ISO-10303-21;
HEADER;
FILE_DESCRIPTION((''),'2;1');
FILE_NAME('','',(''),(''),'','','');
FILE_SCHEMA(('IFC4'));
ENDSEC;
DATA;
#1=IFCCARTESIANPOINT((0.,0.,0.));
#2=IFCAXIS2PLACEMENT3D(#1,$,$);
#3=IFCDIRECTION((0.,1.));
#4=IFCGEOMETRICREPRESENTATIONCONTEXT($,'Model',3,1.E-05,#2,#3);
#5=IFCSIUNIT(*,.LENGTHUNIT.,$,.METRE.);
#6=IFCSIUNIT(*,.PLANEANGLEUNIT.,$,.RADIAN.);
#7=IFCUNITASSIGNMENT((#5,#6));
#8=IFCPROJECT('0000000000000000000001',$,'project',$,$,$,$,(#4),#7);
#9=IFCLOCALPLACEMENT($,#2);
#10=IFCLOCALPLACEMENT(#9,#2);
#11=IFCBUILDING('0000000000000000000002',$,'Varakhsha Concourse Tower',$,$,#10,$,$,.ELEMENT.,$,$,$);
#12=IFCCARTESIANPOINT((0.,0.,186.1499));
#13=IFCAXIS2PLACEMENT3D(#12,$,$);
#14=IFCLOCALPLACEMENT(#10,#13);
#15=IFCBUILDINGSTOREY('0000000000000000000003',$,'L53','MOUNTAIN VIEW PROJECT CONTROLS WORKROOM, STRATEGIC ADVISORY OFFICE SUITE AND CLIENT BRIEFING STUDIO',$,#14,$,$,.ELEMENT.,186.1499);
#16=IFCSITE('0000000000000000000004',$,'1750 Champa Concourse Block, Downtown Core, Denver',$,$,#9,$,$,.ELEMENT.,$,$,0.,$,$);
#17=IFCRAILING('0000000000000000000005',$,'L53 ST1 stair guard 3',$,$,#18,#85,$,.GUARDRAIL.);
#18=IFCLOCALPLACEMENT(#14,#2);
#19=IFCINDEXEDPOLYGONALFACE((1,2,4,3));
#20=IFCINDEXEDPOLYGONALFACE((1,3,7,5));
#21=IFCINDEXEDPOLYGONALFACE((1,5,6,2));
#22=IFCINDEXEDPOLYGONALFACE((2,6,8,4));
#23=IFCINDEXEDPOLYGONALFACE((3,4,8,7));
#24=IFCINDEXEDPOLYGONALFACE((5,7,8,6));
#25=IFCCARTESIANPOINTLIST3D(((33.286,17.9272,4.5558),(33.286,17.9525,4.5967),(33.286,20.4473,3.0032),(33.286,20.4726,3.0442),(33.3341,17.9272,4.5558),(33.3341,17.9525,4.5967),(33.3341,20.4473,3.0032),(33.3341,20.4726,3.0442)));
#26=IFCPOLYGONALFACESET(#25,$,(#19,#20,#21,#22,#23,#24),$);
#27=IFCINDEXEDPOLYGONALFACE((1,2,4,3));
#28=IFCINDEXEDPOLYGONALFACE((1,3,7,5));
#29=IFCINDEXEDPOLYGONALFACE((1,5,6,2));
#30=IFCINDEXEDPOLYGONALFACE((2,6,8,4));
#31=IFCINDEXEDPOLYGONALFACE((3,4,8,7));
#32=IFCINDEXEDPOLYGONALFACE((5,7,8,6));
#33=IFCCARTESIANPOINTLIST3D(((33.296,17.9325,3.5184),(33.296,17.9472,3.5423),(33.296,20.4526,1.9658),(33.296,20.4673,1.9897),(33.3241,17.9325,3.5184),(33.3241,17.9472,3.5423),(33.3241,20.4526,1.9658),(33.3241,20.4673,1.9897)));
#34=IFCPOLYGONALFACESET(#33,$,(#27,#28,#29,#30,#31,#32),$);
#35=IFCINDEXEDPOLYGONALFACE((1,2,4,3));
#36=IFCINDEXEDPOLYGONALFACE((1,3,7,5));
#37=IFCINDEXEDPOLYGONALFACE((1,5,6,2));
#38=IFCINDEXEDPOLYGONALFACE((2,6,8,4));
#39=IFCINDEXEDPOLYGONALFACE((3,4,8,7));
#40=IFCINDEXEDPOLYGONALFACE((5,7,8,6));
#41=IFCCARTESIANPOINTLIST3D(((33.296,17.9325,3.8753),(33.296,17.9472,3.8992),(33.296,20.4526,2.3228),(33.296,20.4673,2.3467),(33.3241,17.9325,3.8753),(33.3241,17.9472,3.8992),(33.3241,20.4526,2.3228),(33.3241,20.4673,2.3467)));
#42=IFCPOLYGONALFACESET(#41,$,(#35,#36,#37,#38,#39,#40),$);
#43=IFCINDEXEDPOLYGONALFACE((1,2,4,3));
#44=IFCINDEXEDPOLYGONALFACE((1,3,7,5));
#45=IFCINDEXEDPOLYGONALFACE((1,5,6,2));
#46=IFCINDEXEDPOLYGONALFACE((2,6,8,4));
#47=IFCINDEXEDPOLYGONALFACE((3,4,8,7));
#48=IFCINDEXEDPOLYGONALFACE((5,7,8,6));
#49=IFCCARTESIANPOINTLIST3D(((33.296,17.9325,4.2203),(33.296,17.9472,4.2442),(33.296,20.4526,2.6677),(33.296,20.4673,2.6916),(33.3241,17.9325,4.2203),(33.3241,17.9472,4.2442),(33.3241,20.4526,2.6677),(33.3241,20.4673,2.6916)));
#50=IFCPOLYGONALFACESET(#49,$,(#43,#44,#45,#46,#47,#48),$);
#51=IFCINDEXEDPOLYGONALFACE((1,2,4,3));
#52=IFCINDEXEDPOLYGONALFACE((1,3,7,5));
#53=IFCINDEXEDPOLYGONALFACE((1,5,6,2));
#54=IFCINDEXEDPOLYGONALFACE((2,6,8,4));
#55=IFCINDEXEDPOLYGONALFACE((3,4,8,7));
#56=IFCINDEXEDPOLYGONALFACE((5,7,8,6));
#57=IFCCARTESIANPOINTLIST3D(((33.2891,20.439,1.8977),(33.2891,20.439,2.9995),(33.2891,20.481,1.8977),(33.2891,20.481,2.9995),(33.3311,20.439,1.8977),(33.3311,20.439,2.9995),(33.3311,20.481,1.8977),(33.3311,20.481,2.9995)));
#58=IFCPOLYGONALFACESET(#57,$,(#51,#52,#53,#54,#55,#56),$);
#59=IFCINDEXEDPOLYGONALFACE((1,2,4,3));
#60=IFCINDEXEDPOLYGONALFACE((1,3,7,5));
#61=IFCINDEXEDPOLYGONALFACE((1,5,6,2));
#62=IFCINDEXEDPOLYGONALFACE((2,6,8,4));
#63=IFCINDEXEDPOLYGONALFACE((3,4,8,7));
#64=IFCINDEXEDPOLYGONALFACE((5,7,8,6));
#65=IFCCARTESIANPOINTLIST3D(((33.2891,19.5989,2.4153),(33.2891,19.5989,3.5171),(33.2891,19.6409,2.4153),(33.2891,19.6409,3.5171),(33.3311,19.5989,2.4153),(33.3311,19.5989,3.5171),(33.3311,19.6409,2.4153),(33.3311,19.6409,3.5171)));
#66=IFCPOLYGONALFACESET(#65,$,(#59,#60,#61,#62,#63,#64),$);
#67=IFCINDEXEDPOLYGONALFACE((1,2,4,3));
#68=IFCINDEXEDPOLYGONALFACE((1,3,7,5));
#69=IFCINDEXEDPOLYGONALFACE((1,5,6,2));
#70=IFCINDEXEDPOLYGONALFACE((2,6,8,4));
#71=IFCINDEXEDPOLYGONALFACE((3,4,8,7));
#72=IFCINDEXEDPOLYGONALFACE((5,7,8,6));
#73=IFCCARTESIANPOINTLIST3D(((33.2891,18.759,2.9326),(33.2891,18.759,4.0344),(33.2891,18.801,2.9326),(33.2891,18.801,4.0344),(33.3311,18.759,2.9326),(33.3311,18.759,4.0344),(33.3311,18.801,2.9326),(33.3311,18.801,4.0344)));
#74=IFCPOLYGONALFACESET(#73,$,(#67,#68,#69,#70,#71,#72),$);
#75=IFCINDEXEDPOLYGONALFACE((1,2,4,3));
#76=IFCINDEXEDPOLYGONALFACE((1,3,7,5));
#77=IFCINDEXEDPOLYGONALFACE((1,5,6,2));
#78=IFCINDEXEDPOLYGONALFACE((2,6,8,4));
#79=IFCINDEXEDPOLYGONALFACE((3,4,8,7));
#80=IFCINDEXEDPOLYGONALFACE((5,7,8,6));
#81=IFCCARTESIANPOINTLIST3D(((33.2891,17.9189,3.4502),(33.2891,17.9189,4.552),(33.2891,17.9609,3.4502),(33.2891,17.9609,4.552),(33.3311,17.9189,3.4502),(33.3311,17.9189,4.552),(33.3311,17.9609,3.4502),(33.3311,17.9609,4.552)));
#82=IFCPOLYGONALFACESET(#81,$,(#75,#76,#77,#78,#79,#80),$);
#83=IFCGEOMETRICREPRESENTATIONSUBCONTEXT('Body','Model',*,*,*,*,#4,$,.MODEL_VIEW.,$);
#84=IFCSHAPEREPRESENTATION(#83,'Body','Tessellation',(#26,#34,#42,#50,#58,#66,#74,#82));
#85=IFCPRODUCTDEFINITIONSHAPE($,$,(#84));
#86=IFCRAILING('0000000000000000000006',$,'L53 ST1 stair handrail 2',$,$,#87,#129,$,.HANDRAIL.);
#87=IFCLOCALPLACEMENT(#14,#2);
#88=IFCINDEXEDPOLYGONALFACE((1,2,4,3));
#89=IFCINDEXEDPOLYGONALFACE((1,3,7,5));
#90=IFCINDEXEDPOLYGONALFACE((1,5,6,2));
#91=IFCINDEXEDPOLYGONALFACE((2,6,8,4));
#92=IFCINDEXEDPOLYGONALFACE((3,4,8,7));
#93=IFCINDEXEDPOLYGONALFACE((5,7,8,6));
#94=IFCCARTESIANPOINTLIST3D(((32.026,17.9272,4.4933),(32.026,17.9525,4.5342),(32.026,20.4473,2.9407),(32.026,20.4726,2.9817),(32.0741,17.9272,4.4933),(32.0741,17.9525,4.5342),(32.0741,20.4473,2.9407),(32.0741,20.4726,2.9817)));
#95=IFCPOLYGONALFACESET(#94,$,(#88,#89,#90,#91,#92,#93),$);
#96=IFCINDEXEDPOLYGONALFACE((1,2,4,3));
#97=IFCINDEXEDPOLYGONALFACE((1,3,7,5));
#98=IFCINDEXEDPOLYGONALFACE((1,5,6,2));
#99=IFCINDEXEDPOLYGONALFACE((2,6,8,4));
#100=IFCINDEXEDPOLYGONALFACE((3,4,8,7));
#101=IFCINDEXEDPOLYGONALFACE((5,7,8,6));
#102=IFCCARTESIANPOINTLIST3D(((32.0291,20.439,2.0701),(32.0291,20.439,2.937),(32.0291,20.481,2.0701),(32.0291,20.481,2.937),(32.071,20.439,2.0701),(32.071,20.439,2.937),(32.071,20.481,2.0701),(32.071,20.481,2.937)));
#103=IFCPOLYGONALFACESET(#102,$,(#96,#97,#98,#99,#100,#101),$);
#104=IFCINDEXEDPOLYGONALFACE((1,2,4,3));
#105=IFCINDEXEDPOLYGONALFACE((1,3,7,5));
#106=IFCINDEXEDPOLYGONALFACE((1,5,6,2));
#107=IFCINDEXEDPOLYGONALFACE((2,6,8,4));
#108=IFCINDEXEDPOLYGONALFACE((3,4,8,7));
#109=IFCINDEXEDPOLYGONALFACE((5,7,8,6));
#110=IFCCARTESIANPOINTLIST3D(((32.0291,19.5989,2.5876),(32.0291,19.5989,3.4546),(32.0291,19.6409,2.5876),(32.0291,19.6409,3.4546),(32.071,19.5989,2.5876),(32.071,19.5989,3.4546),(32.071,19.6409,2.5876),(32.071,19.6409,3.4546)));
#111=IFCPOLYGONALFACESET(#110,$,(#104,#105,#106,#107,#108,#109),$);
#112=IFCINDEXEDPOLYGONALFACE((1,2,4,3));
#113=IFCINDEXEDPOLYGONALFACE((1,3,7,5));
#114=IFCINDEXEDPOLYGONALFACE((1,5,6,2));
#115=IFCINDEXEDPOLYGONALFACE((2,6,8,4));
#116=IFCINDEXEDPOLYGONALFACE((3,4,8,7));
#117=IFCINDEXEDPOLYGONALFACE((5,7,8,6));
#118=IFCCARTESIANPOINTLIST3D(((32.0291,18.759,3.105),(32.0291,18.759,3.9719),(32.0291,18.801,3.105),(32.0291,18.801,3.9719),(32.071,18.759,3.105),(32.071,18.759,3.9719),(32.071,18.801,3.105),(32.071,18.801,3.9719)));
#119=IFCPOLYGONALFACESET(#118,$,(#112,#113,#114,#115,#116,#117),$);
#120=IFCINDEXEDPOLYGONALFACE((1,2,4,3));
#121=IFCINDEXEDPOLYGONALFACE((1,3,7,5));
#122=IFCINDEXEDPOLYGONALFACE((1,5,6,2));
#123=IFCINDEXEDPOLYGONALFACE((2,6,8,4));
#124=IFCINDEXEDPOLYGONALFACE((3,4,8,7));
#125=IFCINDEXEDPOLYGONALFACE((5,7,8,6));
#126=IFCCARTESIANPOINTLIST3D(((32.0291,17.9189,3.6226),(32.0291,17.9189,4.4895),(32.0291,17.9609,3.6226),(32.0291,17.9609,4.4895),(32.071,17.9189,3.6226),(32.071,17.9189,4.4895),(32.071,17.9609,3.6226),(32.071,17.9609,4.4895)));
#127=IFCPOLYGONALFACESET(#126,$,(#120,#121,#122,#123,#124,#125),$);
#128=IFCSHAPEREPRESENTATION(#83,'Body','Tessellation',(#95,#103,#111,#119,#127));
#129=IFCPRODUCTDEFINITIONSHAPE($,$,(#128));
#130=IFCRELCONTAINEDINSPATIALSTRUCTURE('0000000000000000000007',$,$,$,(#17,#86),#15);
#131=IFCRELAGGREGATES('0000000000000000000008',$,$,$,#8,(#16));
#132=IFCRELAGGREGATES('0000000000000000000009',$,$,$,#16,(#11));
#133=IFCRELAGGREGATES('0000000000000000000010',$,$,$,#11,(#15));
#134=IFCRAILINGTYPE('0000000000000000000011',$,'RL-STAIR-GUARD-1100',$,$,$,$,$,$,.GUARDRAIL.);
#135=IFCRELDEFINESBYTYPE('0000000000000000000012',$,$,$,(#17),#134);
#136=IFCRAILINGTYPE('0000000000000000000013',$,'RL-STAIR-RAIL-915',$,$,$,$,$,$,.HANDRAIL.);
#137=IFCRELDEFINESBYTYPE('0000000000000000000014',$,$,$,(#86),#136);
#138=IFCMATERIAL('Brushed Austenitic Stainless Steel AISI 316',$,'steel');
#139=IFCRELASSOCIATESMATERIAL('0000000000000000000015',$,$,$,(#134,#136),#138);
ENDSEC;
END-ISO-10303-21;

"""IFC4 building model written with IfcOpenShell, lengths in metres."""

from ifc_helpers import new_model, si_unit, direction, frame, origin, origin_2d, place, context, subcontext, project, spatial, rectangle, extrude, material, type_object, element, save


model = new_model("IFC4")

# Units and contexts
model_context = context("Model", 3, precision=1e-05, world=origin(), true_north=direction((0.0, 1.0)))
body_context = subcontext(model_context, "Body", "Model", "MODEL_VIEW")
ifc_project = project(units=[si_unit("LENGTHUNIT", "METRE"), si_unit("PLANEANGLEUNIT", "RADIAN")], contexts=[model_context])

# Site, building, storey
site_placement = place(None, origin())
site = spatial("IfcSite", under=ifc_project, at=site_placement, Name="1750 Champa Concourse Block, Downtown Core, Denver", CompositionType="ELEMENT", RefElevation=0.0)
building_placement = place(site_placement, origin())
building = spatial("IfcBuilding", under=site, at=building_placement, Name="Varakhsha Concourse Tower", CompositionType="ELEMENT")
storey_placement = place(building_placement, frame((0.0, 0.0, 186.1499)))
storey = spatial("IfcBuildingStorey", under=building, at=storey_placement, Name="L53", Description="MOUNTAIN VIEW PROJECT CONTROLS WORKROOM, STRATEGIC ADVISORY OFFICE SUITE AND CLIENT BRIEFING STUDIO", CompositionType="ELEMENT", Elevation=186.1499)

# Shared definitions
ifc_material_1 = material(Name="Brushed Austenitic Stainless Steel AISI 316", Category="steel")

# Railings
railing_type_1 = type_object("IfcRailingType", Name="RL-STAIR-GUARD-1100", PredefinedType="GUARDRAIL", material=ifc_material_1)
railing_1_placement = place(storey_placement, frame((33.3101, 20.46, 1.8977)))
element("IfcRailing", 1, at=railing_1_placement, inside=storey, type_object=railing_type_1, Name="L53 ST1 stair guard 3", PredefinedType="GUARDRAIL", context=body_context, shape_type="SweptSolid", body=[
    extrude(rectangle(XDim=0.0481, YDim=0.0481, at=origin_2d()), frame((0.0, 0.0, 1.126), z_axis=(0.0, -0.8514, 0.524516), x_axis=(1.0, 0.0, 0.0)), (0.0, 0.0, 1.0), 2.96),
    extrude(rectangle(XDim=0.0281, YDim=0.0281, at=origin_2d()), frame((0.0, 0.0, 0.0801), z_axis=(0.0, -0.8514, 0.524516), x_axis=(1.0, 0.0, 0.0)), (0.0, 0.0, 1.0), 2.96),
    extrude(rectangle(XDim=0.0281, YDim=0.0281, at=origin_2d()), frame((0.0, 0.0, 0.437), z_axis=(0.0, -0.8514, 0.524516), x_axis=(1.0, 0.0, 0.0)), (0.0, 0.0, 1.0), 2.96),
    extrude(rectangle(XDim=0.0281, YDim=0.0281, at=origin_2d()), frame((0.0, 0.0, 0.782), z_axis=(0.0, -0.8514, 0.524516), x_axis=(1.0, 0.0, 0.0)), (0.0, 0.0, 1.0), 2.96),
    extrude(rectangle(XDim=0.042, YDim=0.042, at=origin_2d()), origin(), (0.0, 0.0, 1.0), 1.1018),
    extrude(rectangle(XDim=0.042, YDim=0.042, at=origin_2d()), frame((0.0, -0.8401, 0.5176)), (0.0, 0.0, 1.0), 1.1018),
    extrude(rectangle(XDim=0.042, YDim=0.042, at=origin_2d()), frame((0.0, -1.6799, 1.0349)), (0.0, 0.0, 1.0), 1.1018),
    extrude(rectangle(XDim=0.042, YDim=0.042, at=origin_2d()), frame((0.0, -2.52, 1.5525)), (0.0, 0.0, 1.0), 1.1018),
])
railing_type_2 = type_object("IfcRailingType", Name="RL-STAIR-RAIL-915", PredefinedType="HANDRAIL", material=ifc_material_1)
railing_2_placement = place(storey_placement, frame((32.05, 20.46, 2.0701)))
element("IfcRailing", 2, at=railing_2_placement, inside=storey, type_object=railing_type_2, Name="L53 ST1 stair handrail 2", PredefinedType="HANDRAIL", context=body_context, shape_type="SweptSolid", body=[
    extrude(rectangle(XDim=0.0481, YDim=0.0481, at=origin_2d()), frame((0.0, 0.0, 0.8911), z_axis=(0.0, -0.8514, 0.524516), x_axis=(1.0, 0.0, 0.0)), (0.0, 0.0, 1.0), 2.96),
    extrude(rectangle(XDim=0.042, YDim=0.042, at=origin_2d()), origin(), (0.0, 0.0, 1.0), 0.8669),
    extrude(rectangle(XDim=0.042, YDim=0.042, at=origin_2d()), frame((0.0, -0.8401, 0.5176)), (0.0, 0.0, 1.0), 0.8669),
    extrude(rectangle(XDim=0.042, YDim=0.042, at=origin_2d()), frame((0.0, -1.6799, 1.0349)), (0.0, 0.0, 1.0), 0.8669),
    extrude(rectangle(XDim=0.042, YDim=0.042, at=origin_2d()), frame((0.0, -2.52, 1.5525)), (0.0, 0.0, 1.0), 0.8669),
])

save(model, "model.ifc")
